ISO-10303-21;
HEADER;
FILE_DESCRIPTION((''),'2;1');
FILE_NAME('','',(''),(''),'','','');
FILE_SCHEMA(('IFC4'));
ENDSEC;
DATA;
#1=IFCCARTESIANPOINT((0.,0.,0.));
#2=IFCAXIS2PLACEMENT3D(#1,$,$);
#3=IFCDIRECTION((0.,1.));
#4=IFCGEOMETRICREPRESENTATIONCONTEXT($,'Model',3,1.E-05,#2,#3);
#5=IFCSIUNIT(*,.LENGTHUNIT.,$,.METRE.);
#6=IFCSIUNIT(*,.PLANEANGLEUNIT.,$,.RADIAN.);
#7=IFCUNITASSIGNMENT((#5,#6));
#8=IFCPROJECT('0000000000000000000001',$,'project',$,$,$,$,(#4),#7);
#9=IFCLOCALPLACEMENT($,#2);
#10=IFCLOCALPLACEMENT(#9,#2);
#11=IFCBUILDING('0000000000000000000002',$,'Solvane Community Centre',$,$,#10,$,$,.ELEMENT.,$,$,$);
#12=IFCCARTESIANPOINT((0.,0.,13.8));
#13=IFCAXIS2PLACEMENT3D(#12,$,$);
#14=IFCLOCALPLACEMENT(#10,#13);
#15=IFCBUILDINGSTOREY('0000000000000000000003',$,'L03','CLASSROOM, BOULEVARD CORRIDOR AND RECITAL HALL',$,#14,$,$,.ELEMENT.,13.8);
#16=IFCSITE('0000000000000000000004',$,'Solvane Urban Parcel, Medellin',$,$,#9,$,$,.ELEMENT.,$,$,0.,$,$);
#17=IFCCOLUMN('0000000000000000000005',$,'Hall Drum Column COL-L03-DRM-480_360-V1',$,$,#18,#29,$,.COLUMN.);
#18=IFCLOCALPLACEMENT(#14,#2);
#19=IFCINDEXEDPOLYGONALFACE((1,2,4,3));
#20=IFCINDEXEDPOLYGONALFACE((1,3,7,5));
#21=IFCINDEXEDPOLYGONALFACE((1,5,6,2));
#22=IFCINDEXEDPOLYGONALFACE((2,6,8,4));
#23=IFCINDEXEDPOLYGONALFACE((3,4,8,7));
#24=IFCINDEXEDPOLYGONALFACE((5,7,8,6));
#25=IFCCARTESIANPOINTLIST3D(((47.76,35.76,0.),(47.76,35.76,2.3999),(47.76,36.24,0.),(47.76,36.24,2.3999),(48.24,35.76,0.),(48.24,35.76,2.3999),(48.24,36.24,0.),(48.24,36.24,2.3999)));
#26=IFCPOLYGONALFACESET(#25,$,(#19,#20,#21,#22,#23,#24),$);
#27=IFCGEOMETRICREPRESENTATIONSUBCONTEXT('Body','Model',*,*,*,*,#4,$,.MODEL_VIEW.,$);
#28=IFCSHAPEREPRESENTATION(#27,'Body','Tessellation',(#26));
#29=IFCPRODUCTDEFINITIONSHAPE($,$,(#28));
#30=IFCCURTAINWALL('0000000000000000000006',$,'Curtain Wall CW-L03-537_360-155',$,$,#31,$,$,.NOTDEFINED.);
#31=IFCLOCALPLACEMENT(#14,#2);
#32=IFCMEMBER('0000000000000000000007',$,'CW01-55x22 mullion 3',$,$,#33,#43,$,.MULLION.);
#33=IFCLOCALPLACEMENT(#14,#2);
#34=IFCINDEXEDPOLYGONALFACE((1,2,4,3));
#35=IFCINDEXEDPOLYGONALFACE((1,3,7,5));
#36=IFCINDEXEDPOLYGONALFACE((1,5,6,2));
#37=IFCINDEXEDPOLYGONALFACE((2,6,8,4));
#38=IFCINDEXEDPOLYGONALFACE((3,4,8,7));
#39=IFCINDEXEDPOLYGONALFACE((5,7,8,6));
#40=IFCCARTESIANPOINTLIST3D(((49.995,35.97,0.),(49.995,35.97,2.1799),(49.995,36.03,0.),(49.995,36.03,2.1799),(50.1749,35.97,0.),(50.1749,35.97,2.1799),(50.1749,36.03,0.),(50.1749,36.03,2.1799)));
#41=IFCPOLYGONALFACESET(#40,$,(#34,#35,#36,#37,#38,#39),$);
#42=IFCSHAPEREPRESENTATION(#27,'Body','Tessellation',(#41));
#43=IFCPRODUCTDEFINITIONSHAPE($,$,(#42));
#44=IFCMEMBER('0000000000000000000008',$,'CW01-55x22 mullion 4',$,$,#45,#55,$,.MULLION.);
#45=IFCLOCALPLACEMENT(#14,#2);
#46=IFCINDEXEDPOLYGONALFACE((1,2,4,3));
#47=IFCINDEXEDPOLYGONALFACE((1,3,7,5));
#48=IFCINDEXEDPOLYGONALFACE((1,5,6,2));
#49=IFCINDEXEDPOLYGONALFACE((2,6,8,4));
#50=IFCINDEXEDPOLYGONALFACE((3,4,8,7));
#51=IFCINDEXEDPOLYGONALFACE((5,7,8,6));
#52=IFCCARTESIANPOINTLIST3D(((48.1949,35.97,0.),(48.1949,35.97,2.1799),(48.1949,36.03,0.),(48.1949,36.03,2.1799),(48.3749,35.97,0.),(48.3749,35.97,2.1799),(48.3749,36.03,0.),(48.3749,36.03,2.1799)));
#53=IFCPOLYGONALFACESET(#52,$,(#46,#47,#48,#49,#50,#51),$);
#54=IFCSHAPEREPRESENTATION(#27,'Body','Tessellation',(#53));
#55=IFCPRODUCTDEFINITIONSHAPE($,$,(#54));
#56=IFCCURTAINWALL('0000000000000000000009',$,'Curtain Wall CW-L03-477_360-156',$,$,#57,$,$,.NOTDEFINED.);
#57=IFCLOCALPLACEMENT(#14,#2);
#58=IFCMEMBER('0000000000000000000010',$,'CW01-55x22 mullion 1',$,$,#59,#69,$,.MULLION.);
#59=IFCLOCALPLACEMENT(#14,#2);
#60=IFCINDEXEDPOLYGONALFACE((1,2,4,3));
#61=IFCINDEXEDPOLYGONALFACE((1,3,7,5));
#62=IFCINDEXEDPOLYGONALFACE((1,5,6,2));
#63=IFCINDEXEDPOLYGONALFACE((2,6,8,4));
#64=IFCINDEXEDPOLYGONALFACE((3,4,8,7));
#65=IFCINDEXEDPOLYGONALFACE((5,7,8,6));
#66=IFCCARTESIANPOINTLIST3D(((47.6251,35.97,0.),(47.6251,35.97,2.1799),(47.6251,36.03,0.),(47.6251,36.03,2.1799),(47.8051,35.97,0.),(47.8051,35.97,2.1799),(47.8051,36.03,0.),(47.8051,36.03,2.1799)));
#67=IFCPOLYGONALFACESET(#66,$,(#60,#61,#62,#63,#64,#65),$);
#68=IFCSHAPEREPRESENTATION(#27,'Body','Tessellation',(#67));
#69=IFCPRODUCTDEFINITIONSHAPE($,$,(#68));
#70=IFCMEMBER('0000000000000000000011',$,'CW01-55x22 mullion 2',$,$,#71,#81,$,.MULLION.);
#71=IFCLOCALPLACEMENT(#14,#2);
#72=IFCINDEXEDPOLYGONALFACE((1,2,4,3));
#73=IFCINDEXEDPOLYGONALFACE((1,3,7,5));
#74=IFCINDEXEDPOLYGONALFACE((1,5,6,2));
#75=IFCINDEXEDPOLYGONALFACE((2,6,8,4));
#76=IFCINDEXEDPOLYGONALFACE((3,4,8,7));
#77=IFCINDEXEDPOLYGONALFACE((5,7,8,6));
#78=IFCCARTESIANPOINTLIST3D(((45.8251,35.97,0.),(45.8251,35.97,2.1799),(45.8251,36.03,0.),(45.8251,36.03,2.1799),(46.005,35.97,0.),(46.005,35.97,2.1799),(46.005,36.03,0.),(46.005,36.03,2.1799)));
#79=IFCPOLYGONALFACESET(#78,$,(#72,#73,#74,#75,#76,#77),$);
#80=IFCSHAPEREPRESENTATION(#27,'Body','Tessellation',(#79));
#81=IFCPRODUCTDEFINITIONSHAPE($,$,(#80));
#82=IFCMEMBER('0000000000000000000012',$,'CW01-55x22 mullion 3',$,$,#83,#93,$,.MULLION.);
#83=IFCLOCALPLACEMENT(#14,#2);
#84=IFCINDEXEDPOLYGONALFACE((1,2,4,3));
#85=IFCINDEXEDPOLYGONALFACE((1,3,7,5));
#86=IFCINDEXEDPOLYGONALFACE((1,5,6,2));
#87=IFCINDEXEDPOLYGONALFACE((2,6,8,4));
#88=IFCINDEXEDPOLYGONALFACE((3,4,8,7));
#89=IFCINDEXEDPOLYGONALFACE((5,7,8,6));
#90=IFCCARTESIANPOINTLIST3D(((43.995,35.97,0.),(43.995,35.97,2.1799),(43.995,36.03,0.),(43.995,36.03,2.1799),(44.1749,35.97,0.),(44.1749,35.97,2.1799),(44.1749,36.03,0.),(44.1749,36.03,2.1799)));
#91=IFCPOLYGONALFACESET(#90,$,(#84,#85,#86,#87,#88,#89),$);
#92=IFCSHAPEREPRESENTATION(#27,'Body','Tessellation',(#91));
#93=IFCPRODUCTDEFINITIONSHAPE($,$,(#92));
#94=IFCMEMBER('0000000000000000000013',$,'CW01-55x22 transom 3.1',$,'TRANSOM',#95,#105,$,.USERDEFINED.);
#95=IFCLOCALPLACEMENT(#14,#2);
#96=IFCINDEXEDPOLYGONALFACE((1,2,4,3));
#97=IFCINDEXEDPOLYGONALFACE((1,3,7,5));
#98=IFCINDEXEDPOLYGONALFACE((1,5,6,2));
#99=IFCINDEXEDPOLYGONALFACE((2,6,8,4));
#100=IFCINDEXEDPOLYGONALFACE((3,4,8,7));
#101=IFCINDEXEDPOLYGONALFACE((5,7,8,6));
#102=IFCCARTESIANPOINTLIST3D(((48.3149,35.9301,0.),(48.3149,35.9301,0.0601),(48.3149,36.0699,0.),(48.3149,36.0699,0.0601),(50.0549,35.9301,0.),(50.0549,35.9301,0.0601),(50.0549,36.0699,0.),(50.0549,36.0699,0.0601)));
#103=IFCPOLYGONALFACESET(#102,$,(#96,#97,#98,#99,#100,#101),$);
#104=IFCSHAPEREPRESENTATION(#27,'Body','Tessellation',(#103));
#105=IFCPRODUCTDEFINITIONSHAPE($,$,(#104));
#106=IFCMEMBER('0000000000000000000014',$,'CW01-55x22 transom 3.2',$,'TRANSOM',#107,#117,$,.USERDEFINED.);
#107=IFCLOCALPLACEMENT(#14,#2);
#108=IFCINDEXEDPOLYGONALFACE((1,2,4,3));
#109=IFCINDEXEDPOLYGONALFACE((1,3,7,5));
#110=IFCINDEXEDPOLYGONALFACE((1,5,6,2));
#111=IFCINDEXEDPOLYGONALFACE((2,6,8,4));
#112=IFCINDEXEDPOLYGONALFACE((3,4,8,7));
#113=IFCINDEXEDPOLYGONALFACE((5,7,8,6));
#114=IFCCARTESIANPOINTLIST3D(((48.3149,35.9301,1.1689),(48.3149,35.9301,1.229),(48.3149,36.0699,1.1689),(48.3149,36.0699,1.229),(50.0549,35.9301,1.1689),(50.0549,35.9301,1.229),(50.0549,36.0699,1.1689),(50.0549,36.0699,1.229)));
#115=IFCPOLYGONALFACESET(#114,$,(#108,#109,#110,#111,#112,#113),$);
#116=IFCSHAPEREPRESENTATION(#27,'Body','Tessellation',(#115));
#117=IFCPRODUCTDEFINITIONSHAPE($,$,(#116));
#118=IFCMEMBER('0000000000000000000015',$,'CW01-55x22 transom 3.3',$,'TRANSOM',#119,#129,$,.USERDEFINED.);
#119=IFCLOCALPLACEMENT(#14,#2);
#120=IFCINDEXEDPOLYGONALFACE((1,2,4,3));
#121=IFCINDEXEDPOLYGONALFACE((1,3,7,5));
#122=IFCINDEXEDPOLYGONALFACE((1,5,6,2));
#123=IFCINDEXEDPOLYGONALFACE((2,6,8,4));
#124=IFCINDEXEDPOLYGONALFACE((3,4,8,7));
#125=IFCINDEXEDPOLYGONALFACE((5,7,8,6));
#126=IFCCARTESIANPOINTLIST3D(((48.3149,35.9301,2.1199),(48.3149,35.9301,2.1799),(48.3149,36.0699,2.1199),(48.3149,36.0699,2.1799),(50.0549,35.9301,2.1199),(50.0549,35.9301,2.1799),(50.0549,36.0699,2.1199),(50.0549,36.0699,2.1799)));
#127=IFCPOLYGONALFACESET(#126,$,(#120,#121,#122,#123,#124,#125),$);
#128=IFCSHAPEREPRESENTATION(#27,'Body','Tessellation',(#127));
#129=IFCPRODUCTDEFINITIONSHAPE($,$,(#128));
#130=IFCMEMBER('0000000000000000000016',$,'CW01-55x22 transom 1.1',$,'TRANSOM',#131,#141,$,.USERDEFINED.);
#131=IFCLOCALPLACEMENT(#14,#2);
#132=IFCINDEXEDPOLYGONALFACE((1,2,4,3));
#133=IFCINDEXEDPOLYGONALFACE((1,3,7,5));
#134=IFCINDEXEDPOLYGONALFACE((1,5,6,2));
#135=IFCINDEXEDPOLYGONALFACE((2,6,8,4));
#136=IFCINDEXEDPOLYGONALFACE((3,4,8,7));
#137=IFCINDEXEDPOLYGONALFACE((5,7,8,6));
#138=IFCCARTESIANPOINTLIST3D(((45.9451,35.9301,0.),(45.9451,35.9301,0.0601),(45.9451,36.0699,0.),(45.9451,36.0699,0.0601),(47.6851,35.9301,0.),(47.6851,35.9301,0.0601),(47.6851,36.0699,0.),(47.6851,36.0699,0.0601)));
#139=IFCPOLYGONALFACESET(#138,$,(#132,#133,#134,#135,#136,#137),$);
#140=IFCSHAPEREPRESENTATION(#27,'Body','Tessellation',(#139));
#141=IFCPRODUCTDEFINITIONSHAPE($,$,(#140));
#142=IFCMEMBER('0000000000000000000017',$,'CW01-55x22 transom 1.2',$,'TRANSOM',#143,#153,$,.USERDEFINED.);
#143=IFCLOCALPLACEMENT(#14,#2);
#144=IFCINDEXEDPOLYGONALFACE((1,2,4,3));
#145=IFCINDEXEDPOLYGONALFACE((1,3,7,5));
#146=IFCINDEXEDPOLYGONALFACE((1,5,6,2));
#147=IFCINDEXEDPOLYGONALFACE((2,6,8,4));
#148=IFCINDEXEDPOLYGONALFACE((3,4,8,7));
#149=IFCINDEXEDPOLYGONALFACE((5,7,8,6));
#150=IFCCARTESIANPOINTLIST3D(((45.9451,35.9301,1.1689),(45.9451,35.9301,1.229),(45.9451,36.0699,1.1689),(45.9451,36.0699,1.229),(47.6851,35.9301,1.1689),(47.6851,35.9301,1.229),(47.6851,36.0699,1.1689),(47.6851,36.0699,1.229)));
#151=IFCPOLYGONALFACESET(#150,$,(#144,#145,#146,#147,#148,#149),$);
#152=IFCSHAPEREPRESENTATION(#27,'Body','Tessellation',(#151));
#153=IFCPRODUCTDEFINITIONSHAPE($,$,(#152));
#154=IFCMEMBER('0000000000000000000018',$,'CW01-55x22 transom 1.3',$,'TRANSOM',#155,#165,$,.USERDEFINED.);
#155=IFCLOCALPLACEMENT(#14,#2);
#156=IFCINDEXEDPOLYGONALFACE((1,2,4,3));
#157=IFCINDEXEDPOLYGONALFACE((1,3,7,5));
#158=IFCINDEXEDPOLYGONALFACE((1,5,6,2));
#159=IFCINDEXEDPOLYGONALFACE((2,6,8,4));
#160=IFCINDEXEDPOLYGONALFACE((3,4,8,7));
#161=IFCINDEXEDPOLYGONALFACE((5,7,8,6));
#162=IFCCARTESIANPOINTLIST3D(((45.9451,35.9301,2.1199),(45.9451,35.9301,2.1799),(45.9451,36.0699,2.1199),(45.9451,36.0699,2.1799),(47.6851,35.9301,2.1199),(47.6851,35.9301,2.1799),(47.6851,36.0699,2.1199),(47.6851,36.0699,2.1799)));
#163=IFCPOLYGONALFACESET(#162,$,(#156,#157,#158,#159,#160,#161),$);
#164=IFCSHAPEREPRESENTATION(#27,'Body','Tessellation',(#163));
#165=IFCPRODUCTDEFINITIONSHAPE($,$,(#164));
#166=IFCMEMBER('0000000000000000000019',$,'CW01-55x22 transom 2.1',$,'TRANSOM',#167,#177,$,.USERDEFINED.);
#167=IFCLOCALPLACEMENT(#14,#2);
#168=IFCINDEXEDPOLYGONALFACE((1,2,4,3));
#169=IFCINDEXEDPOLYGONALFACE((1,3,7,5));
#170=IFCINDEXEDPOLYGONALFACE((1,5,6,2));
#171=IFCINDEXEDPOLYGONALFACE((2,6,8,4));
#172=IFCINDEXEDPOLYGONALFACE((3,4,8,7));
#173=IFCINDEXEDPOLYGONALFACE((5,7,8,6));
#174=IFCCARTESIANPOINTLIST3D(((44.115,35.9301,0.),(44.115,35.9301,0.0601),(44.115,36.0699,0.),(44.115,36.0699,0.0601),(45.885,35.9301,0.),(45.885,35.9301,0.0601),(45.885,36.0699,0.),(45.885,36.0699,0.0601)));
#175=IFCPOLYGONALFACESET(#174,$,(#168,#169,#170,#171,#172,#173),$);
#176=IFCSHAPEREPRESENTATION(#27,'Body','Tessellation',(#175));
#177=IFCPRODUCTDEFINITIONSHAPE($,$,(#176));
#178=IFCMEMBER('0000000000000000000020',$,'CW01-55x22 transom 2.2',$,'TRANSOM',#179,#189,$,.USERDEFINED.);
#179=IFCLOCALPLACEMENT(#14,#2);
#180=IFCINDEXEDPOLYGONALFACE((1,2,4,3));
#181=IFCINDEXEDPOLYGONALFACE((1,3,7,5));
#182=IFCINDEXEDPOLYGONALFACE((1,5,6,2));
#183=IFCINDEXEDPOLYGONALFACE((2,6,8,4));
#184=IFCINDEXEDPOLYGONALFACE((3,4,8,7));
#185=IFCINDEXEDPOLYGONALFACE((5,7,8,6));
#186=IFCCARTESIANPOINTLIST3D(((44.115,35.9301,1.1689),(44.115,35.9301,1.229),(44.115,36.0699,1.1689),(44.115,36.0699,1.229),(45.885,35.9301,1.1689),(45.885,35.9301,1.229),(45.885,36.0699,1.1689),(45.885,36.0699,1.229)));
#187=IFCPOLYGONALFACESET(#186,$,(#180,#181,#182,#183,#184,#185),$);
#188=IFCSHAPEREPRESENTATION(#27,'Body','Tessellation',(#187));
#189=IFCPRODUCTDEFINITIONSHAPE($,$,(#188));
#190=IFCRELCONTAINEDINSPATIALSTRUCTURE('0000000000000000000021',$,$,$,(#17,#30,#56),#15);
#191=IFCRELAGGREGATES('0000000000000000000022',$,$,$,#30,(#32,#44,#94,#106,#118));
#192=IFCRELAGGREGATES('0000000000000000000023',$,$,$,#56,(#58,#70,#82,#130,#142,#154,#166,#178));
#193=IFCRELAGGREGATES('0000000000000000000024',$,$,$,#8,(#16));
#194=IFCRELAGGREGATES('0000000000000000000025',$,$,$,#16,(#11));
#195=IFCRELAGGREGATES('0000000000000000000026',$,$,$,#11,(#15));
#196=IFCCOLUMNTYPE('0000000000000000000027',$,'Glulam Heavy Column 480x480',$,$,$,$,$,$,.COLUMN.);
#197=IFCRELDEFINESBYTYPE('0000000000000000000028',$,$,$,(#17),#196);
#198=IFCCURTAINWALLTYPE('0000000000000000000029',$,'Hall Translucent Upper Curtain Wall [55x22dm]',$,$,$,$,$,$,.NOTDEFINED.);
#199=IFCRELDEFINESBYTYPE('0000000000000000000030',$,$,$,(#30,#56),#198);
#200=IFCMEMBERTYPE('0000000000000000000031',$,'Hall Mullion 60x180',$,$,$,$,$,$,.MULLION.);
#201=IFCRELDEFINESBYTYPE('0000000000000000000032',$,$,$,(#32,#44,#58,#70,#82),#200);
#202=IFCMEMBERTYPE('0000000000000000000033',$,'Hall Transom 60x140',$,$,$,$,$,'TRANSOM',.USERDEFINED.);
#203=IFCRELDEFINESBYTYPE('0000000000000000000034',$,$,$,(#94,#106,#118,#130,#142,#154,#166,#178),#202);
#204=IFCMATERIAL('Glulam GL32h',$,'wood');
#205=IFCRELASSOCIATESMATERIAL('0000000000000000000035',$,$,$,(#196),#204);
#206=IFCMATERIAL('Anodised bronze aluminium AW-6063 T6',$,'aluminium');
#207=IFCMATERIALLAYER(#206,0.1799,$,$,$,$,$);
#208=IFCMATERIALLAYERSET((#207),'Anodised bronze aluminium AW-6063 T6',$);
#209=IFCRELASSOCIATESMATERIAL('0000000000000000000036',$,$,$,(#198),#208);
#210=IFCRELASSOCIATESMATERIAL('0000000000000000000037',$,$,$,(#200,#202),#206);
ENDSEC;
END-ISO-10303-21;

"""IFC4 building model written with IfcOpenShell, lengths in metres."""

from ifc_helpers import new_model, si_unit, direction, frame, origin, origin_2d, place, context, subcontext, project, spatial, rectangle, extrude, material, layer, layer_set, material_profile, profile_set, type_object, element, aggregate, save


model = new_model("IFC4")

# Units and contexts
model_context = context("Model", 3, precision=1e-05, world=origin(), true_north=direction((0.0, 1.0)))
body_context = subcontext(model_context, "Body", "Model", "MODEL_VIEW")
ifc_project = project(units=[si_unit("LENGTHUNIT", "METRE"), si_unit("PLANEANGLEUNIT", "RADIAN")], contexts=[model_context])

# Site, building, storey
site_placement = place(None, origin())
site = spatial("IfcSite", under=ifc_project, at=site_placement, Name="Solvane Urban Parcel, Medellin", CompositionType="ELEMENT", RefElevation=0.0)
building_placement = place(site_placement, origin())
building = spatial("IfcBuilding", under=site, at=building_placement, Name="Solvane Community Centre", CompositionType="ELEMENT")
storey_placement = place(building_placement, frame((0.0, 0.0, 13.8)))
storey = spatial("IfcBuildingStorey", under=building, at=storey_placement, Name="L03", Description="CLASSROOM, BOULEVARD CORRIDOR AND RECITAL HALL", CompositionType="ELEMENT", Elevation=13.8)

# Column
ifc_material_1 = material(Name="Glulam GL32h", Category="wood")
ifc_material_profile_1 = material_profile(ifc_material_1, rectangle(XDim=0.48, YDim=0.48, at=origin_2d()), Name="GL32h 480x480")
ifc_profile_set_1 = profile_set([ifc_material_profile_1], Name="Glulam GL32h")
column_type = type_object("IfcColumnType", Name="Glulam Heavy Column 480x480", PredefinedType="COLUMN", material=ifc_profile_set_1)
column_placement = place(storey_placement, frame((48.0, 36.0, 0.0), z_axis=(0.0, 0.0, 1.0), x_axis=(1.0, 0.0, 0.0)))
element("IfcColumn", 1, at=column_placement, inside=storey, type_object=column_type, Name="Hall Drum Column COL-L03-DRM-480_360-V1", PredefinedType="COLUMN", context=body_context, shape_type="SweptSolid", body=[
    extrude(rectangle(XDim=0.48, YDim=0.48, at=origin_2d()), origin(), (0.0, 0.0, 1.0), 2.3999),
])

# Curtain walls, members
ifc_material_2 = material(Name="Anodised bronze aluminium AW-6063 T6", Category="aluminium")
ifc_layer_1 = layer(ifc_material_2, 0.1799)
ifc_layer_set_1 = layer_set([ifc_layer_1], Name="Anodised bronze aluminium AW-6063 T6")
curtain_wall_type = type_object("IfcCurtainWallType", Name="Hall Translucent Upper Curtain Wall [55x22dm]", PredefinedType="NOTDEFINED", material=ifc_layer_set_1)
curtain_wall_1_placement = place(storey_placement, origin())
curtain_wall_1 = element("IfcCurtainWall", 2, at=curtain_wall_1_placement, inside=storey, type_object=curtain_wall_type, Name="Curtain Wall CW-L03-537_360-155", PredefinedType="NOTDEFINED")
ifc_material_profile_2 = material_profile(ifc_material_2, rectangle(XDim=0.0601, YDim=0.1799, at=origin_2d()), Name="CW-M 60x180")
ifc_profile_set_2 = profile_set([ifc_material_profile_2], Name="Anodised bronze aluminium AW-6063 T6")
member_type_1 = type_object("IfcMemberType", Name="Hall Mullion 60x180", PredefinedType="MULLION", material=ifc_profile_set_2)
member_1_placement = place(storey_placement, frame((50.085, 36.0, 0.0), z_axis=(0.0, 0.0, 1.0), x_axis=(0.0, -1.0, 0.0)))
member_1 = element("IfcMember", 3, at=member_1_placement, type_object=member_type_1, Name="CW01-55x22 mullion 3", PredefinedType="MULLION", context=body_context, shape_type="SweptSolid", body=[
    extrude(rectangle(XDim=0.0601, YDim=0.1799, at=origin_2d()), origin(), (0.0, 0.0, 1.0), 2.1799),
])
member_2_placement = place(storey_placement, frame((48.2849, 36.0, 0.0), z_axis=(0.0, 0.0, 1.0), x_axis=(0.0, -1.0, 0.0)))
member_2 = element("IfcMember", 4, at=member_2_placement, type_object=member_type_1, Name="CW01-55x22 mullion 4", PredefinedType="MULLION", context=body_context, shape_type="SweptSolid", body=[
    extrude(rectangle(XDim=0.0601, YDim=0.1799, at=origin_2d()), origin(), (0.0, 0.0, 1.0), 2.1799),
])
curtain_wall_2_placement = place(storey_placement, origin())
curtain_wall_2 = element("IfcCurtainWall", 5, at=curtain_wall_2_placement, inside=storey, type_object=curtain_wall_type, Name="Curtain Wall CW-L03-477_360-156", PredefinedType="NOTDEFINED")
member_3_placement = place(storey_placement, frame((47.7151, 36.0, 0.0), z_axis=(0.0, 0.0, 1.0), x_axis=(0.0, -1.0, 0.0)))
member_3 = element("IfcMember", 6, at=member_3_placement, type_object=member_type_1, Name="CW01-55x22 mullion 1", PredefinedType="MULLION", context=body_context, shape_type="SweptSolid", body=[
    extrude(rectangle(XDim=0.0601, YDim=0.1799, at=origin_2d()), origin(), (0.0, 0.0, 1.0), 2.1799),
])
member_4_placement = place(storey_placement, frame((45.915, 36.0, 0.0), z_axis=(0.0, 0.0, 1.0), x_axis=(0.0, -1.0, 0.0)))
member_4 = element("IfcMember", 7, at=member_4_placement, type_object=member_type_1, Name="CW01-55x22 mullion 2", PredefinedType="MULLION", context=body_context, shape_type="SweptSolid", body=[
    extrude(rectangle(XDim=0.0601, YDim=0.1799, at=origin_2d()), origin(), (0.0, 0.0, 1.0), 2.1799),
])
member_5_placement = place(storey_placement, frame((44.085, 36.0, 0.0), z_axis=(0.0, 0.0, 1.0), x_axis=(0.0, -1.0, 0.0)))
member_5 = element("IfcMember", 8, at=member_5_placement, type_object=member_type_1, Name="CW01-55x22 mullion 3", PredefinedType="MULLION", context=body_context, shape_type="SweptSolid", body=[
    extrude(rectangle(XDim=0.0601, YDim=0.1799, at=origin_2d()), origin(), (0.0, 0.0, 1.0), 2.1799),
])

# Members
ifc_material_profile_3 = material_profile(ifc_material_2, rectangle(XDim=0.1399, YDim=0.0601, at=origin_2d()), Name="CW-T 60x140")
ifc_profile_set_3 = profile_set([ifc_material_profile_3], Name="Anodised bronze aluminium AW-6063 T6")
member_type_2 = type_object("IfcMemberType", Name="Hall Transom 60x140", ElementType="TRANSOM", PredefinedType="USERDEFINED", material=ifc_profile_set_3)
member_6_placement = place(storey_placement, frame((50.0549, 36.0, 0.03), z_axis=(-1.0, 0.0, 0.0), x_axis=(0.0, -1.0, 0.0)))
member_6 = element("IfcMember", 9, at=member_6_placement, type_object=member_type_2, Name="CW01-55x22 transom 3.1", ObjectType="TRANSOM", PredefinedType="USERDEFINED", context=body_context, shape_type="SweptSolid", body=[
    extrude(rectangle(XDim=0.1399, YDim=0.0601, at=origin_2d()), origin(), (0.0, 0.0, 1.0), 1.74),
])
member_7_placement = place(storey_placement, frame((50.0549, 36.0, 1.199), z_axis=(-1.0, 0.0, 0.0), x_axis=(0.0, -1.0, 0.0)))
member_7 = element("IfcMember", 10, at=member_7_placement, type_object=member_type_2, Name="CW01-55x22 transom 3.2", ObjectType="TRANSOM", PredefinedType="USERDEFINED", context=body_context, shape_type="SweptSolid", body=[
    extrude(rectangle(XDim=0.1399, YDim=0.0601, at=origin_2d()), origin(), (0.0, 0.0, 1.0), 1.74),
])
member_8_placement = place(storey_placement, frame((50.0549, 36.0, 2.1499), z_axis=(-1.0, 0.0, 0.0), x_axis=(0.0, -1.0, 0.0)))
member_8 = element("IfcMember", 11, at=member_8_placement, type_object=member_type_2, Name="CW01-55x22 transom 3.3", ObjectType="TRANSOM", PredefinedType="USERDEFINED", context=body_context, shape_type="SweptSolid", body=[
    extrude(rectangle(XDim=0.1399, YDim=0.0601, at=origin_2d()), origin(), (0.0, 0.0, 1.0), 1.74),
])
member_9_placement = place(storey_placement, frame((47.6851, 36.0, 0.03), z_axis=(-1.0, 0.0, 0.0), x_axis=(0.0, -1.0, 0.0)))
member_9 = element("IfcMember", 12, at=member_9_placement, type_object=member_type_2, Name="CW01-55x22 transom 1.1", ObjectType="TRANSOM", PredefinedType="USERDEFINED", context=body_context, shape_type="SweptSolid", body=[
    extrude(rectangle(XDim=0.1399, YDim=0.0601, at=origin_2d()), origin(), (0.0, 0.0, 1.0), 1.74),
])
member_10_placement = place(storey_placement, frame((47.6851, 36.0, 1.199), z_axis=(-1.0, 0.0, 0.0), x_axis=(0.0, -1.0, 0.0)))
member_10 = element("IfcMember", 13, at=member_10_placement, type_object=member_type_2, Name="CW01-55x22 transom 1.2", ObjectType="TRANSOM", PredefinedType="USERDEFINED", context=body_context, shape_type="SweptSolid", body=[
    extrude(rectangle(XDim=0.1399, YDim=0.0601, at=origin_2d()), origin(), (0.0, 0.0, 1.0), 1.74),
])
member_11_placement = place(storey_placement, frame((47.6851, 36.0, 2.1499), z_axis=(-1.0, 0.0, 0.0), x_axis=(0.0, -1.0, 0.0)))
member_11 = element("IfcMember", 14, at=member_11_placement, type_object=member_type_2, Name="CW01-55x22 transom 1.3", ObjectType="TRANSOM", PredefinedType="USERDEFINED", context=body_context, shape_type="SweptSolid", body=[
    extrude(rectangle(XDim=0.1399, YDim=0.0601, at=origin_2d()), origin(), (0.0, 0.0, 1.0), 1.74),
])
member_12_placement = place(storey_placement, frame((45.885, 36.0, 0.03), z_axis=(-1.0, 0.0, 0.0), x_axis=(0.0, -1.0, 0.0)))
member_12 = element("IfcMember", 15, at=member_12_placement, type_object=member_type_2, Name="CW01-55x22 transom 2.1", ObjectType="TRANSOM", PredefinedType="USERDEFINED", context=body_context, shape_type="SweptSolid", body=[
    extrude(rectangle(XDim=0.1399, YDim=0.0601, at=origin_2d()), origin(), (0.0, 0.0, 1.0), 1.77),
])
member_13_placement = place(storey_placement, frame((45.885, 36.0, 1.199), z_axis=(-1.0, 0.0, 0.0), x_axis=(0.0, -1.0, 0.0)))
member_13 = element("IfcMember", 16, at=member_13_placement, type_object=member_type_2, Name="CW01-55x22 transom 2.2", ObjectType="TRANSOM", PredefinedType="USERDEFINED", context=body_context, shape_type="SweptSolid", body=[
    extrude(rectangle(XDim=0.1399, YDim=0.0601, at=origin_2d()), origin(), (0.0, 0.0, 1.0), 1.77),
])

aggregate(curtain_wall_1, [member_1, member_2, member_6, member_7, member_8])
aggregate(curtain_wall_2, [member_3, member_4, member_5, member_9, member_10, member_11, member_12, member_13])

save(model, "model.ifc")
